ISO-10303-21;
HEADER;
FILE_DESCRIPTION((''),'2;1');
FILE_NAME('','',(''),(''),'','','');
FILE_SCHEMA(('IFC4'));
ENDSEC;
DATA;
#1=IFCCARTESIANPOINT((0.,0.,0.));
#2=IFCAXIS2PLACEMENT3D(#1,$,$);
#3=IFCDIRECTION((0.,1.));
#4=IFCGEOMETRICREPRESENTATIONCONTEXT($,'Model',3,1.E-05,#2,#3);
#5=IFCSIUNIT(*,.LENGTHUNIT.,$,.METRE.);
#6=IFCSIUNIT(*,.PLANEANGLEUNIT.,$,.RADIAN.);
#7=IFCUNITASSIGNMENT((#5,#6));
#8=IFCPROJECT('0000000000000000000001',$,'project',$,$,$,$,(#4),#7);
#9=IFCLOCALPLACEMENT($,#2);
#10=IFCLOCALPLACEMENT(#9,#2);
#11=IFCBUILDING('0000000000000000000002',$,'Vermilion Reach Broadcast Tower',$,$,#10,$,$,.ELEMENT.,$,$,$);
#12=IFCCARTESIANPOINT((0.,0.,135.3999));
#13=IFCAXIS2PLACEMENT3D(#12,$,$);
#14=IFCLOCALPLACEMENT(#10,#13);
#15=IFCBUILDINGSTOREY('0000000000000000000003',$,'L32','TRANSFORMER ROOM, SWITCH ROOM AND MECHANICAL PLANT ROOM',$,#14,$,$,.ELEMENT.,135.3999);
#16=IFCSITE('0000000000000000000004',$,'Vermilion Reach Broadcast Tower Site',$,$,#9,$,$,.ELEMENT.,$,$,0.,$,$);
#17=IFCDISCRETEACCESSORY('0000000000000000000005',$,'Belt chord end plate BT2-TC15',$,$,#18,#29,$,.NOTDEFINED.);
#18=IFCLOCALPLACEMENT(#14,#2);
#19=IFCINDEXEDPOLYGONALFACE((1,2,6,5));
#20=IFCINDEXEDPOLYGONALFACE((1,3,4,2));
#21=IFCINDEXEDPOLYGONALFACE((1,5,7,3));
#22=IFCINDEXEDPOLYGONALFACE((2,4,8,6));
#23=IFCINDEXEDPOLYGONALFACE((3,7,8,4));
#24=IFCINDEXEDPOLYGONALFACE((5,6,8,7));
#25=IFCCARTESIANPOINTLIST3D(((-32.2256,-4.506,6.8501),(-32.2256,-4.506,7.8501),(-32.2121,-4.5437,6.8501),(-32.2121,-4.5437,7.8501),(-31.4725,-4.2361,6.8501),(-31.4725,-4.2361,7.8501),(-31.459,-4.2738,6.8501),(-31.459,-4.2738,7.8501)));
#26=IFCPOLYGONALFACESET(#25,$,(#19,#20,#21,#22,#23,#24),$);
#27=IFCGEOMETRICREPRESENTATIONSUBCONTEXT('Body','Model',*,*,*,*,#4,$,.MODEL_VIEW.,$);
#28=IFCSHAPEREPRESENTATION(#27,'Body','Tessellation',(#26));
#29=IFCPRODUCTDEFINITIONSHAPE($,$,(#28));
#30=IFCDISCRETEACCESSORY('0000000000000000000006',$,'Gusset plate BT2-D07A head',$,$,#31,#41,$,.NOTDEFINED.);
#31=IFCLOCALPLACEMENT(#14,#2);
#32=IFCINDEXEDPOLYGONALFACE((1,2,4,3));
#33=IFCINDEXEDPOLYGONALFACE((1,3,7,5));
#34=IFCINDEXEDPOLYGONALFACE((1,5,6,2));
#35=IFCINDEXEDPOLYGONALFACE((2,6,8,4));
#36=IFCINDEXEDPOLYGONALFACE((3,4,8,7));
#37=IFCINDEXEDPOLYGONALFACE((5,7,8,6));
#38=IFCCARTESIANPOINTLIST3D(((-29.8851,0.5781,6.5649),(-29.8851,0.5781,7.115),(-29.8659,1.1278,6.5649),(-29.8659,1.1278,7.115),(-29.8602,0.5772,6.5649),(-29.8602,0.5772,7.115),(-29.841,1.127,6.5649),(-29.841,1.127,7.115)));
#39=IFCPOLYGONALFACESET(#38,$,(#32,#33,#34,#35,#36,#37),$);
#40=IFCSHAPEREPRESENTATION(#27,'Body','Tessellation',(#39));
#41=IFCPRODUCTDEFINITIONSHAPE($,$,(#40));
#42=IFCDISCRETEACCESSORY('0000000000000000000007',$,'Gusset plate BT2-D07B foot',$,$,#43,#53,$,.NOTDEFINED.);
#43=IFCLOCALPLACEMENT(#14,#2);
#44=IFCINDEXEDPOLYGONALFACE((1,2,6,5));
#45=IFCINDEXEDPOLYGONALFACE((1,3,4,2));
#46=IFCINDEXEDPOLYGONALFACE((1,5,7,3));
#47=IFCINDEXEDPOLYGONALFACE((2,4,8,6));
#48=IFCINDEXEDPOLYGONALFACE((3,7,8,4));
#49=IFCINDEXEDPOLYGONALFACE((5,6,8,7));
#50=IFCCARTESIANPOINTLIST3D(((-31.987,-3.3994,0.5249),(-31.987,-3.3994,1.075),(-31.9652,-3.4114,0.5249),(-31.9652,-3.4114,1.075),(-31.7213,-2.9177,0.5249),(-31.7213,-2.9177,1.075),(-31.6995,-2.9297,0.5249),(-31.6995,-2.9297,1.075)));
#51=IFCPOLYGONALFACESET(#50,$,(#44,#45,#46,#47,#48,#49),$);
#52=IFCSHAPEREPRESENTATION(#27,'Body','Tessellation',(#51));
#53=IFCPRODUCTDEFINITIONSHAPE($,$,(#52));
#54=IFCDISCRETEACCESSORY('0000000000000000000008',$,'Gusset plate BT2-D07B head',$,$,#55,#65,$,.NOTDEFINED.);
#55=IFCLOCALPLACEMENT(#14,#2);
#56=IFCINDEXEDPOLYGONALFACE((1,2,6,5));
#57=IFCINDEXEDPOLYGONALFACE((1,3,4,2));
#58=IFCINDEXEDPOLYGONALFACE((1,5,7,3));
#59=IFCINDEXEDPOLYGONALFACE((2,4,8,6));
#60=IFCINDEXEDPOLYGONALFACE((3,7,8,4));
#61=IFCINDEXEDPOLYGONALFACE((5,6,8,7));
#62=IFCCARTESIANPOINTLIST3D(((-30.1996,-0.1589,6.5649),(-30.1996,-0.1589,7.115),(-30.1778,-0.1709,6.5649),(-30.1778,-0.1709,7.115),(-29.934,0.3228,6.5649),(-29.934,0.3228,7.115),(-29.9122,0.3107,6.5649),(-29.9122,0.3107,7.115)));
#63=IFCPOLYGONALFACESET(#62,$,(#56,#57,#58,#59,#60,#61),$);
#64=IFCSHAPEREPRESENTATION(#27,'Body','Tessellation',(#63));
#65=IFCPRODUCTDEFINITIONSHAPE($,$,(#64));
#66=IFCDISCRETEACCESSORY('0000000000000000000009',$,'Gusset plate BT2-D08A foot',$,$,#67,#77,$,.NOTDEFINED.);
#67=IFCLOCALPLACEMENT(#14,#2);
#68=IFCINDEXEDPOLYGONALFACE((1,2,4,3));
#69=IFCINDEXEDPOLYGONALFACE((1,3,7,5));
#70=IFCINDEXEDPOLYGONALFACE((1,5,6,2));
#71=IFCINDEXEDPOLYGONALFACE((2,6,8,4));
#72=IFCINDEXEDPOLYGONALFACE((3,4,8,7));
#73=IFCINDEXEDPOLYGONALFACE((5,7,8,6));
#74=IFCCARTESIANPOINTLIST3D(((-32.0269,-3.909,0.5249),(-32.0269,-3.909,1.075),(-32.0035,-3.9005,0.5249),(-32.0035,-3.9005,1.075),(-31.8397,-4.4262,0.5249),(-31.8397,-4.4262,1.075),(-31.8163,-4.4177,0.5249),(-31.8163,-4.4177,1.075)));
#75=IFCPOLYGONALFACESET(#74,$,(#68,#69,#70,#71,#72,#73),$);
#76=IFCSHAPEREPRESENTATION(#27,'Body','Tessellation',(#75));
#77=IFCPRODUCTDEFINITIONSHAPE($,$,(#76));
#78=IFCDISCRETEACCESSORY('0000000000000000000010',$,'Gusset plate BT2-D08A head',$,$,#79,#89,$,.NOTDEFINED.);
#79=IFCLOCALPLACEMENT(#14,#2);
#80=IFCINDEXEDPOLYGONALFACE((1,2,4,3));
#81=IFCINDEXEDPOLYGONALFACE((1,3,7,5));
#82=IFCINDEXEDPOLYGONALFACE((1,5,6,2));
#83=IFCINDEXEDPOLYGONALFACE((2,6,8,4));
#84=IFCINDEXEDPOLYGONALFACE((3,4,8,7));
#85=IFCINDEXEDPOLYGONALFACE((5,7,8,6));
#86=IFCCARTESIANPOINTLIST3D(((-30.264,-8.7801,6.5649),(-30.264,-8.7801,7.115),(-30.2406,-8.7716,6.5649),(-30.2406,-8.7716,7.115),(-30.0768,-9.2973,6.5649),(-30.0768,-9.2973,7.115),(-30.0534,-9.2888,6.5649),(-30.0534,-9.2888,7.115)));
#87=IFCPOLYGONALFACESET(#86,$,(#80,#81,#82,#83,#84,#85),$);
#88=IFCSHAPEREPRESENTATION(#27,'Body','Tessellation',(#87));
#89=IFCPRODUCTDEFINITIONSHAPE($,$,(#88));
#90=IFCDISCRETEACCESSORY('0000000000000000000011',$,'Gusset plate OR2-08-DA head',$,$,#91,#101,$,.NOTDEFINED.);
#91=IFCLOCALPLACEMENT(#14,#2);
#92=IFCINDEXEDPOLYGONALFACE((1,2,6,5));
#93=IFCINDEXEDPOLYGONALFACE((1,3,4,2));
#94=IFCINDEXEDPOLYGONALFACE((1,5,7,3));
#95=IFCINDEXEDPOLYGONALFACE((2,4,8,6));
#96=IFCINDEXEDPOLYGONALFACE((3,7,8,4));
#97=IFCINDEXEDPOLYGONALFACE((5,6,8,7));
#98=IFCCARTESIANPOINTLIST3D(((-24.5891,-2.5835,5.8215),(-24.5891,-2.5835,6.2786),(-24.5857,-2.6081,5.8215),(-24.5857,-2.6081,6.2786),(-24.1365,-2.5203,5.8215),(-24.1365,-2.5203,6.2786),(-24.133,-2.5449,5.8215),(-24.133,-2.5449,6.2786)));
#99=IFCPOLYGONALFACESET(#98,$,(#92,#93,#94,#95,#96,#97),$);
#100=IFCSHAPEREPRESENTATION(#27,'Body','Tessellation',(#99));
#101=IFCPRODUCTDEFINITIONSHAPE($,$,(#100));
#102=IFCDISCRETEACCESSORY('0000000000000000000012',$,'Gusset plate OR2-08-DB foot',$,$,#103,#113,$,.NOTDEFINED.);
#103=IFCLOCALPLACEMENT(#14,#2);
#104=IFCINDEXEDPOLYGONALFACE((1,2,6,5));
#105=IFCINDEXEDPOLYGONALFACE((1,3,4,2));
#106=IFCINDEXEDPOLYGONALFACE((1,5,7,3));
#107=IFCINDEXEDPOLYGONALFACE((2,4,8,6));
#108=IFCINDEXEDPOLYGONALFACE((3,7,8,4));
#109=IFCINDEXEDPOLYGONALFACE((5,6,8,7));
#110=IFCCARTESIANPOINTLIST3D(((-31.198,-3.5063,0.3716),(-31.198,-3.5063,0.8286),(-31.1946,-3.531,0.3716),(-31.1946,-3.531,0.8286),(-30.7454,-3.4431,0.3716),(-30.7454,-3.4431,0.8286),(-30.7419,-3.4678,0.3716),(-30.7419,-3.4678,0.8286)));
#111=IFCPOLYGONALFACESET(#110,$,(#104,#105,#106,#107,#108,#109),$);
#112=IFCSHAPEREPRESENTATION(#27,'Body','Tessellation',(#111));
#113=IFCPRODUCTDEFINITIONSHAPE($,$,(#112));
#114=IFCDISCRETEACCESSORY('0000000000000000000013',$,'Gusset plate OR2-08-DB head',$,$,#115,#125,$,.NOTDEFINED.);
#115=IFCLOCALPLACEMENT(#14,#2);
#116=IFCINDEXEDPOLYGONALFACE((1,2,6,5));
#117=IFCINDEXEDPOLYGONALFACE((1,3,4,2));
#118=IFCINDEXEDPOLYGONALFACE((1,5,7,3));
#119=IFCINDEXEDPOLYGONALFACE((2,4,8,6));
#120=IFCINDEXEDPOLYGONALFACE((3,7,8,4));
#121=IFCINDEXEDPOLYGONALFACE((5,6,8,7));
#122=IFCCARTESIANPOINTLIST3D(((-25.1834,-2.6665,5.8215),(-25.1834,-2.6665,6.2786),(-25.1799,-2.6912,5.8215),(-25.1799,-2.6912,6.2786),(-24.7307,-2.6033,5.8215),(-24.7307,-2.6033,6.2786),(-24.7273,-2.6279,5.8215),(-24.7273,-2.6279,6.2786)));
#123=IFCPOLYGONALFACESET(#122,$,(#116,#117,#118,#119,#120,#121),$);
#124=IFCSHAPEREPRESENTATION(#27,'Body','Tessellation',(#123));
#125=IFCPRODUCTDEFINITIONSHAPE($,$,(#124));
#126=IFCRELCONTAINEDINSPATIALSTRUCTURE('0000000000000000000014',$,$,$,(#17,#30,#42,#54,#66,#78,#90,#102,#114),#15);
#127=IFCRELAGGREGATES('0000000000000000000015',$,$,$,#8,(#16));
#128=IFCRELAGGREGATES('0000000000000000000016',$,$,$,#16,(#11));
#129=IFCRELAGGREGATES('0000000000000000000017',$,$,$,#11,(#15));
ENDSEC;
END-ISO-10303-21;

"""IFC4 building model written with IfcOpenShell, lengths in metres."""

from ifc_helpers import new_model, si_unit, direction, frame, origin, origin_2d, place, context, subcontext, project, spatial, rectangle, extrude, element, save


model = new_model("IFC4")

# Units and contexts
model_context = context("Model", 3, precision=1e-05, world=origin(), true_north=direction((0.0, 1.0)))
body_context = subcontext(model_context, "Body", "Model", "MODEL_VIEW")
ifc_project = project(units=[si_unit("LENGTHUNIT", "METRE"), si_unit("PLANEANGLEUNIT", "RADIAN")], contexts=[model_context])

# Site, building, storey
site_placement = place(None, origin())
site = spatial("IfcSite", under=ifc_project, at=site_placement, Name="Vermilion Reach Broadcast Tower Site", CompositionType="ELEMENT", RefElevation=0.0)
building_placement = place(site_placement, origin())
building = spatial("IfcBuilding", under=site, at=building_placement, Name="Vermilion Reach Broadcast Tower", CompositionType="ELEMENT")
storey_placement = place(building_placement, frame((0.0, 0.0, 135.3999)))
storey = spatial("IfcBuildingStorey", under=building, at=storey_placement, Name="L32", Description="TRANSFORMER ROOM, SWITCH ROOM AND MECHANICAL PLANT ROOM", CompositionType="ELEMENT", Elevation=135.3999)

# Discrete accessories
for number, where, z_axis, x_axis, name in (
    (1, (-31.8423, -4.3899, 6.8501), (0.0, 0.0, 1.0), (-0.337422, 0.941353, 0.0), "Belt chord end plate BT2-TC15"),
):
    element("IfcDiscreteAccessory", number, at=place(storey_placement, frame(where, z_axis=z_axis, x_axis=x_axis)), inside=storey, Name=name, PredefinedType="NOTDEFINED", context=body_context, shape_type="SweptSolid", body=[
        extrude(rectangle(XDim=0.04, YDim=0.8, at=origin_2d()), origin(), (0.0, 0.0, 1.0), 1.0),
    ])
for number, where, z_axis, x_axis, name in (
    (2, (-29.863, 0.8525, 6.5649), (0.0, 0.0, 1.0), (0.999393, -0.034832, 0.0), "Gusset plate BT2-D07A head"),
    (3, (-31.8433, -3.1646, 0.5249), (0.0, 0.0, 1.0), (-0.875633, 0.482978, 0.0), "Gusset plate BT2-D07B foot"),
    (4, (-30.0559, 0.0759, 6.5649), (0.0, 0.0, 1.0), (-0.875633, 0.482978, 0.0), "Gusset plate BT2-D07B head"),
    (5, (-31.9216, -4.1633, 0.5249), (0.0, 0.0, 1.0), (0.940315, 0.340305, 0.0), "Gusset plate BT2-D08A foot"),
    (6, (-30.1587, -9.0344, 6.5649), (0.0, 0.0, 1.0), (0.940315, 0.340305, 0.0), "Gusset plate BT2-D08A head"),
):
    element("IfcDiscreteAccessory", number, at=place(storey_placement, frame(where, z_axis=z_axis, x_axis=x_axis)), inside=storey, Name=name, PredefinedType="NOTDEFINED", context=body_context, shape_type="SweptSolid", body=[
        extrude(rectangle(XDim=0.0249, YDim=0.55, at=origin_2d()), origin(), (0.0, 0.0, 1.0), 0.55),
    ])
for number, where, z_axis, x_axis, name in (
    (7, (-24.3611, -2.5642, 5.8215), (0.0, 0.0, 1.0), (0.138309, -0.990389, 0.0), "Gusset plate OR2-08-DA head"),
    (8, (-30.97, -3.4871, 0.3716), (0.0, 0.0, 1.0), (0.138309, -0.990389, 0.0), "Gusset plate OR2-08-DB foot"),
    (9, (-24.9553, -2.6472, 5.8215), (0.0, 0.0, 1.0), (0.138309, -0.990389, 0.0), "Gusset plate OR2-08-DB head"),
):
    element("IfcDiscreteAccessory", number, at=place(storey_placement, frame(where, z_axis=z_axis, x_axis=x_axis)), inside=storey, Name=name, PredefinedType="NOTDEFINED", context=body_context, shape_type="SweptSolid", body=[
        extrude(rectangle(XDim=0.0249, YDim=0.457, at=origin_2d()), origin(), (0.0, 0.0, 1.0), 0.457),
    ])

save(model, "model.ifc")
